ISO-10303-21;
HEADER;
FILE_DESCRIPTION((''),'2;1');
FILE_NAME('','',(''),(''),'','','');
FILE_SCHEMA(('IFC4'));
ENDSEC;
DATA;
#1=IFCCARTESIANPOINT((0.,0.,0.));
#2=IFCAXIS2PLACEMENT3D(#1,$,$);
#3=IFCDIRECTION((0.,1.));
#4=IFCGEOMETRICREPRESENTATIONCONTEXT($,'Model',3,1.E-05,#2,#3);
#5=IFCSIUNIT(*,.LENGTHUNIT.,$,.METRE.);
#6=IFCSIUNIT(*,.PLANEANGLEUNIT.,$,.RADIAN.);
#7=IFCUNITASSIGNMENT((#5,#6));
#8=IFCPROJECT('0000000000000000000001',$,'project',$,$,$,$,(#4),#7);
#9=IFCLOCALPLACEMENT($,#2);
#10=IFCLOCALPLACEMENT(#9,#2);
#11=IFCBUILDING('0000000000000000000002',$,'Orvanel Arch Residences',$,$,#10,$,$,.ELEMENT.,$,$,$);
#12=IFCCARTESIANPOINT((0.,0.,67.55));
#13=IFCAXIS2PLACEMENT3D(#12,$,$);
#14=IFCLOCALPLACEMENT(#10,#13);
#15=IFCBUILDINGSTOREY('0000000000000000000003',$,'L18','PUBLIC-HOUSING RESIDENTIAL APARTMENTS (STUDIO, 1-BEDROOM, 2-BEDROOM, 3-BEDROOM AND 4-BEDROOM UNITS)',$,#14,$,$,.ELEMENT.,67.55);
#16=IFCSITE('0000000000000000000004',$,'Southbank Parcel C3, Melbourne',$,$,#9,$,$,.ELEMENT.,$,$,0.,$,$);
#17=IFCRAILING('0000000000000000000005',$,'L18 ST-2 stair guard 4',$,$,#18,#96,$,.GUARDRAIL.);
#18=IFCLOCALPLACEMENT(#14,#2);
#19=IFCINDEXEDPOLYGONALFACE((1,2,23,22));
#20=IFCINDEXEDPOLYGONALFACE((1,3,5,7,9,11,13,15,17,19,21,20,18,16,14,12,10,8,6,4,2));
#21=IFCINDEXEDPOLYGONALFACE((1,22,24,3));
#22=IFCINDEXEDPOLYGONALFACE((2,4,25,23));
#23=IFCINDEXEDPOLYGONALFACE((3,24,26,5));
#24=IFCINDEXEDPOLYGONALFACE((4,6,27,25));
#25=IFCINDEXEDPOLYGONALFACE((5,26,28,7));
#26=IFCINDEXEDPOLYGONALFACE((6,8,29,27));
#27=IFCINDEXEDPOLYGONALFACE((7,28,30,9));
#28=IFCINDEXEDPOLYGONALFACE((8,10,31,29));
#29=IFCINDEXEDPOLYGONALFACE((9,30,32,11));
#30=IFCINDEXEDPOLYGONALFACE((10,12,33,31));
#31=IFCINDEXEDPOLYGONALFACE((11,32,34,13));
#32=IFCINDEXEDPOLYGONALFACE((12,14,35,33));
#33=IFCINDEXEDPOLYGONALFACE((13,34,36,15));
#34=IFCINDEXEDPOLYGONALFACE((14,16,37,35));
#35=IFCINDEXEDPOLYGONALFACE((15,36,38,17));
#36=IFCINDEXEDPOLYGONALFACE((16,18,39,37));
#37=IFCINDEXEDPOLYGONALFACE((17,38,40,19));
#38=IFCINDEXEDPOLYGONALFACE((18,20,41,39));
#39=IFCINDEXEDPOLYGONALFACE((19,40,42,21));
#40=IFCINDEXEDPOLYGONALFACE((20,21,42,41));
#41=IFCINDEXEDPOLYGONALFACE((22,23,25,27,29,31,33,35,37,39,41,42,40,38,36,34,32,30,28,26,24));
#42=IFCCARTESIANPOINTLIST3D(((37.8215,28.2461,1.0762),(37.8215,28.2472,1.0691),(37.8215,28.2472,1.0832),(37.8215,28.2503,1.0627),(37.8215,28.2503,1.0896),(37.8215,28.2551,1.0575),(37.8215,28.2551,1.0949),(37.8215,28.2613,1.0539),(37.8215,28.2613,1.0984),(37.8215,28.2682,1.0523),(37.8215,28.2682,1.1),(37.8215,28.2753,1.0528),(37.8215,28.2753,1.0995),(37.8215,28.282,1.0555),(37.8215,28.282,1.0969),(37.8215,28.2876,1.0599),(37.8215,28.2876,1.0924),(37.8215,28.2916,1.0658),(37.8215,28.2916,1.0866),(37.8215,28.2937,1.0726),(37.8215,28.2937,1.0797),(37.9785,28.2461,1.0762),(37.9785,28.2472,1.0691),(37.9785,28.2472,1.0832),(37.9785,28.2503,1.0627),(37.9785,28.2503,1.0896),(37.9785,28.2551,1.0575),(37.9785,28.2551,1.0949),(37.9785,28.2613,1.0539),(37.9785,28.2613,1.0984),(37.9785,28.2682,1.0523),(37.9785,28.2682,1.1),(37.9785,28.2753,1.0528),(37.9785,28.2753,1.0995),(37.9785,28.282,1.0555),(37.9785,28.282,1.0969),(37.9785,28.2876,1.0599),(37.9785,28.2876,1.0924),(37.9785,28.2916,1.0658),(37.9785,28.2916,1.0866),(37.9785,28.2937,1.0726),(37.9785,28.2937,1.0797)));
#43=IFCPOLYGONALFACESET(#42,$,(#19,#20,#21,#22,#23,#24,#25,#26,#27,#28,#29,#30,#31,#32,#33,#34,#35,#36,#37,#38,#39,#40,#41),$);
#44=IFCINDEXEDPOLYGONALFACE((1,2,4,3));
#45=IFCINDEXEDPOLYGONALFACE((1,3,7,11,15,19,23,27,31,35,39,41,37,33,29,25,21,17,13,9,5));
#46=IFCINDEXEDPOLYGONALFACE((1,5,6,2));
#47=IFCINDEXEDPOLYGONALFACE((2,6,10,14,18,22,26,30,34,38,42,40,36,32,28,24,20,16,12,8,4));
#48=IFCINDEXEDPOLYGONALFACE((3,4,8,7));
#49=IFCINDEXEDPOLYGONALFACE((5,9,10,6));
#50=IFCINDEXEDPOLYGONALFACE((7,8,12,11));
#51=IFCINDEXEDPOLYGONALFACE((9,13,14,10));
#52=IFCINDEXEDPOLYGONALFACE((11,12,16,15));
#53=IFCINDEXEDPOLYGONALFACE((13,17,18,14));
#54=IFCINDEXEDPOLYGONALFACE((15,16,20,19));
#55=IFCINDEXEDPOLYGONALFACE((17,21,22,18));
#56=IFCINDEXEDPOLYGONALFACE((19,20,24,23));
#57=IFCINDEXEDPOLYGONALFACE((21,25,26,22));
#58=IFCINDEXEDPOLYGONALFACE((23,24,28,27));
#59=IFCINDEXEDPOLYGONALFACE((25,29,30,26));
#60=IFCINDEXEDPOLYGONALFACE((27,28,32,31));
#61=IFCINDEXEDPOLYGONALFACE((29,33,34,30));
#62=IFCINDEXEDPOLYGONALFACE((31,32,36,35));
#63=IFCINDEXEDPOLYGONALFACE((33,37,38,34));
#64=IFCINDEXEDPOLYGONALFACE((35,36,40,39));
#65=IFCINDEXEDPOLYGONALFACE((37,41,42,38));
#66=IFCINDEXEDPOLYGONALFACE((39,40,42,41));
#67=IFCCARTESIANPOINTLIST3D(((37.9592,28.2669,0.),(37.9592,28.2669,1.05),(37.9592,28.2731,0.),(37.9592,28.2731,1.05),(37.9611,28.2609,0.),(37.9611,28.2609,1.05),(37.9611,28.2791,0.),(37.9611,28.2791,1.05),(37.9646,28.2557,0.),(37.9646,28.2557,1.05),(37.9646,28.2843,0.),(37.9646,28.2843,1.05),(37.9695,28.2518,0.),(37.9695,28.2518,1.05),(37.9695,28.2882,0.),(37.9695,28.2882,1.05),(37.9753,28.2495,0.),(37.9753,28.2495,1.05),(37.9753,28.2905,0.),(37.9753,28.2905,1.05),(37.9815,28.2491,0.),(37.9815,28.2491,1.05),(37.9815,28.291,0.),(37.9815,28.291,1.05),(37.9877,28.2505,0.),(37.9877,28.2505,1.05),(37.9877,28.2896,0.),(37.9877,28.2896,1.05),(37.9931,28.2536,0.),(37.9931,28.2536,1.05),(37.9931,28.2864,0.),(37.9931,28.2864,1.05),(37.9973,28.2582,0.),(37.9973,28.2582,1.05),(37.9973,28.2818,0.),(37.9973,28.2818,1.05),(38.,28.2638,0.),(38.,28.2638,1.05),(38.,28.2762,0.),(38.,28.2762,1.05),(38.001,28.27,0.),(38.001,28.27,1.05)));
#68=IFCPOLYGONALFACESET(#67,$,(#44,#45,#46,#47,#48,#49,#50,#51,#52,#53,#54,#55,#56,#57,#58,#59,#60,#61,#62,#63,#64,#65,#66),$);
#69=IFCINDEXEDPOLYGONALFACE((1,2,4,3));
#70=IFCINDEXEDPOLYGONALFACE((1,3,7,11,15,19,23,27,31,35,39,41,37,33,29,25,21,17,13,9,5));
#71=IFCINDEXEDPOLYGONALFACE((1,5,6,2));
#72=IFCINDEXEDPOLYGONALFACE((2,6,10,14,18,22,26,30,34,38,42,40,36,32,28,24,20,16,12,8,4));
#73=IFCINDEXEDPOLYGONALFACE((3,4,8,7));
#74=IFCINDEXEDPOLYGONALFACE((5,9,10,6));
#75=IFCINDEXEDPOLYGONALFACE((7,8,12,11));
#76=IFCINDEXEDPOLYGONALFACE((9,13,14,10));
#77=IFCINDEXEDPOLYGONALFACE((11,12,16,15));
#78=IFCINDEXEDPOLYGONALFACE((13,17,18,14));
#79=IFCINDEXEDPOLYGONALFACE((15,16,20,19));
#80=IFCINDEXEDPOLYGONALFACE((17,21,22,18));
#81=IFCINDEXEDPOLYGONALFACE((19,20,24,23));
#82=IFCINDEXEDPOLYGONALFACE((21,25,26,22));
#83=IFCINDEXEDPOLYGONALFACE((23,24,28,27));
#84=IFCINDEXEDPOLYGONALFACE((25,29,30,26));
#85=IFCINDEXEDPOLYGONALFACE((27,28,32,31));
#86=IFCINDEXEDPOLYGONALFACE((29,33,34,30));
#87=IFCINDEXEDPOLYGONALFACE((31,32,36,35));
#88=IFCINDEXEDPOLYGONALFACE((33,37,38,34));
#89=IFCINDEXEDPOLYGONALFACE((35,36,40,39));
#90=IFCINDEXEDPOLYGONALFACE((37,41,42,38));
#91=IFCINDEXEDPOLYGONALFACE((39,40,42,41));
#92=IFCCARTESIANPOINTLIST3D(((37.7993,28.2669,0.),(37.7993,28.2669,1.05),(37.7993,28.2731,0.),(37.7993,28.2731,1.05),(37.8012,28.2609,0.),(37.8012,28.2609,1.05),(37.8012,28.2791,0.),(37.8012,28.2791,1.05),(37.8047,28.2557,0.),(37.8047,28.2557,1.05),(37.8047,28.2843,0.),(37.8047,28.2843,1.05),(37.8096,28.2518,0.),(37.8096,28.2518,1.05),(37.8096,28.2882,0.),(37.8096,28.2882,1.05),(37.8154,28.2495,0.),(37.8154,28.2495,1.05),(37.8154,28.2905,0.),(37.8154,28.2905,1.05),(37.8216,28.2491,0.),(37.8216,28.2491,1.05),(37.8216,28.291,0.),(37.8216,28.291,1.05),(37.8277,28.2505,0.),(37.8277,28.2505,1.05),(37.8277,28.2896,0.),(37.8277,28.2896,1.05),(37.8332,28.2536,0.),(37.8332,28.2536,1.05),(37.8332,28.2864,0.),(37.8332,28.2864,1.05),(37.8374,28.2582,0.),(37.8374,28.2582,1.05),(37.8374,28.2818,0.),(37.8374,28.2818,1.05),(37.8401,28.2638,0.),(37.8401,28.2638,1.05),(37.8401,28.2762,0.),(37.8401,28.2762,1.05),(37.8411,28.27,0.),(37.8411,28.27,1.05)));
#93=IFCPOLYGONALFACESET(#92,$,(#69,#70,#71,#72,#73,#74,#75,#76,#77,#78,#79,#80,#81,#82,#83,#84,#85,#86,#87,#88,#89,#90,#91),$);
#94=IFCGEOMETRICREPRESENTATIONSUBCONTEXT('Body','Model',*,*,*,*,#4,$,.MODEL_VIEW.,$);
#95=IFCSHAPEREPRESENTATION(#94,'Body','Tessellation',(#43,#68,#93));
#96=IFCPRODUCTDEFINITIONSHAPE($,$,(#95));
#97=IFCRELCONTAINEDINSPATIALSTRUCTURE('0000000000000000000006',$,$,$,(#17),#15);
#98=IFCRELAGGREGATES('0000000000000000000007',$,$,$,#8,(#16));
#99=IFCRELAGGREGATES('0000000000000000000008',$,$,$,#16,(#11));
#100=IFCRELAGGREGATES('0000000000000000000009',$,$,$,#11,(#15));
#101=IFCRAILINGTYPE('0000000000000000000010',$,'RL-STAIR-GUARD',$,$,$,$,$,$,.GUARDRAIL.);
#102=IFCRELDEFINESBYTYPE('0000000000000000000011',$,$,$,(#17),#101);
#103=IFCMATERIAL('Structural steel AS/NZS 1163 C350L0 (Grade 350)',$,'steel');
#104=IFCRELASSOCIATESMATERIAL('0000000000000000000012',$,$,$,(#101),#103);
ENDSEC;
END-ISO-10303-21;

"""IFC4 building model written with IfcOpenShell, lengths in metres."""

from ifc_helpers import new_model, si_unit, direction, frame, origin, origin_2d, place, context, subcontext, project, spatial, circle, extrude, material, type_object, element, save


model = new_model("IFC4")

# Units and contexts
model_context = context("Model", 3, precision=1e-05, world=origin(), true_north=direction((0.0, 1.0)))
body_context = subcontext(model_context, "Body", "Model", "MODEL_VIEW")
ifc_project = project(units=[si_unit("LENGTHUNIT", "METRE"), si_unit("PLANEANGLEUNIT", "RADIAN")], contexts=[model_context])

# Site, building, storey
site_placement = place(None, origin())
site = spatial("IfcSite", under=ifc_project, at=site_placement, Name="Southbank Parcel C3, Melbourne", CompositionType="ELEMENT", RefElevation=0.0)
building_placement = place(site_placement, origin())
building = spatial("IfcBuilding", under=site, at=building_placement, Name="Orvanel Arch Residences", CompositionType="ELEMENT")
storey_placement = place(building_placement, frame((0.0, 0.0, 67.55)))
storey = spatial("IfcBuildingStorey", under=building, at=storey_placement, Name="L18", Description="PUBLIC-HOUSING RESIDENTIAL APARTMENTS (STUDIO, 1-BEDROOM, 2-BEDROOM, 3-BEDROOM AND 4-BEDROOM UNITS)", CompositionType="ELEMENT", Elevation=67.55)

# Railing
ifc_material_1 = material(Name="Structural steel AS/NZS 1163 C350L0 (Grade 350)", Category="steel")
railing_type_1 = type_object("IfcRailingType", Name="RL-STAIR-GUARD", PredefinedType="GUARDRAIL", material=ifc_material_1)
railing_1_placement = place(storey_placement, frame((37.98, 28.27, 0.0)))
element("IfcRailing", 1, at=railing_1_placement, inside=storey, type_object=railing_type_1, Name="L18 ST-2 stair guard 4", PredefinedType="GUARDRAIL", context=body_context, shape_type="SweptSolid", body=[
    extrude(circle(Radius=0.0239, at=origin_2d()), frame((-0.0015, 0.0, 1.0762), z_axis=(-1.0, 0.0, 0.0), x_axis=(0.0, -1.0, 0.0)), (0.0, 0.0, 1.0), 0.157),
    extrude(circle(Radius=0.021, at=origin_2d()), origin(), (0.0, 0.0, 1.0), 1.05),
    extrude(circle(Radius=0.021, at=origin_2d()), frame((-0.1599, 0.0, 0.0)), (0.0, 0.0, 1.0), 1.05),
])

save(model, "model.ifc")
